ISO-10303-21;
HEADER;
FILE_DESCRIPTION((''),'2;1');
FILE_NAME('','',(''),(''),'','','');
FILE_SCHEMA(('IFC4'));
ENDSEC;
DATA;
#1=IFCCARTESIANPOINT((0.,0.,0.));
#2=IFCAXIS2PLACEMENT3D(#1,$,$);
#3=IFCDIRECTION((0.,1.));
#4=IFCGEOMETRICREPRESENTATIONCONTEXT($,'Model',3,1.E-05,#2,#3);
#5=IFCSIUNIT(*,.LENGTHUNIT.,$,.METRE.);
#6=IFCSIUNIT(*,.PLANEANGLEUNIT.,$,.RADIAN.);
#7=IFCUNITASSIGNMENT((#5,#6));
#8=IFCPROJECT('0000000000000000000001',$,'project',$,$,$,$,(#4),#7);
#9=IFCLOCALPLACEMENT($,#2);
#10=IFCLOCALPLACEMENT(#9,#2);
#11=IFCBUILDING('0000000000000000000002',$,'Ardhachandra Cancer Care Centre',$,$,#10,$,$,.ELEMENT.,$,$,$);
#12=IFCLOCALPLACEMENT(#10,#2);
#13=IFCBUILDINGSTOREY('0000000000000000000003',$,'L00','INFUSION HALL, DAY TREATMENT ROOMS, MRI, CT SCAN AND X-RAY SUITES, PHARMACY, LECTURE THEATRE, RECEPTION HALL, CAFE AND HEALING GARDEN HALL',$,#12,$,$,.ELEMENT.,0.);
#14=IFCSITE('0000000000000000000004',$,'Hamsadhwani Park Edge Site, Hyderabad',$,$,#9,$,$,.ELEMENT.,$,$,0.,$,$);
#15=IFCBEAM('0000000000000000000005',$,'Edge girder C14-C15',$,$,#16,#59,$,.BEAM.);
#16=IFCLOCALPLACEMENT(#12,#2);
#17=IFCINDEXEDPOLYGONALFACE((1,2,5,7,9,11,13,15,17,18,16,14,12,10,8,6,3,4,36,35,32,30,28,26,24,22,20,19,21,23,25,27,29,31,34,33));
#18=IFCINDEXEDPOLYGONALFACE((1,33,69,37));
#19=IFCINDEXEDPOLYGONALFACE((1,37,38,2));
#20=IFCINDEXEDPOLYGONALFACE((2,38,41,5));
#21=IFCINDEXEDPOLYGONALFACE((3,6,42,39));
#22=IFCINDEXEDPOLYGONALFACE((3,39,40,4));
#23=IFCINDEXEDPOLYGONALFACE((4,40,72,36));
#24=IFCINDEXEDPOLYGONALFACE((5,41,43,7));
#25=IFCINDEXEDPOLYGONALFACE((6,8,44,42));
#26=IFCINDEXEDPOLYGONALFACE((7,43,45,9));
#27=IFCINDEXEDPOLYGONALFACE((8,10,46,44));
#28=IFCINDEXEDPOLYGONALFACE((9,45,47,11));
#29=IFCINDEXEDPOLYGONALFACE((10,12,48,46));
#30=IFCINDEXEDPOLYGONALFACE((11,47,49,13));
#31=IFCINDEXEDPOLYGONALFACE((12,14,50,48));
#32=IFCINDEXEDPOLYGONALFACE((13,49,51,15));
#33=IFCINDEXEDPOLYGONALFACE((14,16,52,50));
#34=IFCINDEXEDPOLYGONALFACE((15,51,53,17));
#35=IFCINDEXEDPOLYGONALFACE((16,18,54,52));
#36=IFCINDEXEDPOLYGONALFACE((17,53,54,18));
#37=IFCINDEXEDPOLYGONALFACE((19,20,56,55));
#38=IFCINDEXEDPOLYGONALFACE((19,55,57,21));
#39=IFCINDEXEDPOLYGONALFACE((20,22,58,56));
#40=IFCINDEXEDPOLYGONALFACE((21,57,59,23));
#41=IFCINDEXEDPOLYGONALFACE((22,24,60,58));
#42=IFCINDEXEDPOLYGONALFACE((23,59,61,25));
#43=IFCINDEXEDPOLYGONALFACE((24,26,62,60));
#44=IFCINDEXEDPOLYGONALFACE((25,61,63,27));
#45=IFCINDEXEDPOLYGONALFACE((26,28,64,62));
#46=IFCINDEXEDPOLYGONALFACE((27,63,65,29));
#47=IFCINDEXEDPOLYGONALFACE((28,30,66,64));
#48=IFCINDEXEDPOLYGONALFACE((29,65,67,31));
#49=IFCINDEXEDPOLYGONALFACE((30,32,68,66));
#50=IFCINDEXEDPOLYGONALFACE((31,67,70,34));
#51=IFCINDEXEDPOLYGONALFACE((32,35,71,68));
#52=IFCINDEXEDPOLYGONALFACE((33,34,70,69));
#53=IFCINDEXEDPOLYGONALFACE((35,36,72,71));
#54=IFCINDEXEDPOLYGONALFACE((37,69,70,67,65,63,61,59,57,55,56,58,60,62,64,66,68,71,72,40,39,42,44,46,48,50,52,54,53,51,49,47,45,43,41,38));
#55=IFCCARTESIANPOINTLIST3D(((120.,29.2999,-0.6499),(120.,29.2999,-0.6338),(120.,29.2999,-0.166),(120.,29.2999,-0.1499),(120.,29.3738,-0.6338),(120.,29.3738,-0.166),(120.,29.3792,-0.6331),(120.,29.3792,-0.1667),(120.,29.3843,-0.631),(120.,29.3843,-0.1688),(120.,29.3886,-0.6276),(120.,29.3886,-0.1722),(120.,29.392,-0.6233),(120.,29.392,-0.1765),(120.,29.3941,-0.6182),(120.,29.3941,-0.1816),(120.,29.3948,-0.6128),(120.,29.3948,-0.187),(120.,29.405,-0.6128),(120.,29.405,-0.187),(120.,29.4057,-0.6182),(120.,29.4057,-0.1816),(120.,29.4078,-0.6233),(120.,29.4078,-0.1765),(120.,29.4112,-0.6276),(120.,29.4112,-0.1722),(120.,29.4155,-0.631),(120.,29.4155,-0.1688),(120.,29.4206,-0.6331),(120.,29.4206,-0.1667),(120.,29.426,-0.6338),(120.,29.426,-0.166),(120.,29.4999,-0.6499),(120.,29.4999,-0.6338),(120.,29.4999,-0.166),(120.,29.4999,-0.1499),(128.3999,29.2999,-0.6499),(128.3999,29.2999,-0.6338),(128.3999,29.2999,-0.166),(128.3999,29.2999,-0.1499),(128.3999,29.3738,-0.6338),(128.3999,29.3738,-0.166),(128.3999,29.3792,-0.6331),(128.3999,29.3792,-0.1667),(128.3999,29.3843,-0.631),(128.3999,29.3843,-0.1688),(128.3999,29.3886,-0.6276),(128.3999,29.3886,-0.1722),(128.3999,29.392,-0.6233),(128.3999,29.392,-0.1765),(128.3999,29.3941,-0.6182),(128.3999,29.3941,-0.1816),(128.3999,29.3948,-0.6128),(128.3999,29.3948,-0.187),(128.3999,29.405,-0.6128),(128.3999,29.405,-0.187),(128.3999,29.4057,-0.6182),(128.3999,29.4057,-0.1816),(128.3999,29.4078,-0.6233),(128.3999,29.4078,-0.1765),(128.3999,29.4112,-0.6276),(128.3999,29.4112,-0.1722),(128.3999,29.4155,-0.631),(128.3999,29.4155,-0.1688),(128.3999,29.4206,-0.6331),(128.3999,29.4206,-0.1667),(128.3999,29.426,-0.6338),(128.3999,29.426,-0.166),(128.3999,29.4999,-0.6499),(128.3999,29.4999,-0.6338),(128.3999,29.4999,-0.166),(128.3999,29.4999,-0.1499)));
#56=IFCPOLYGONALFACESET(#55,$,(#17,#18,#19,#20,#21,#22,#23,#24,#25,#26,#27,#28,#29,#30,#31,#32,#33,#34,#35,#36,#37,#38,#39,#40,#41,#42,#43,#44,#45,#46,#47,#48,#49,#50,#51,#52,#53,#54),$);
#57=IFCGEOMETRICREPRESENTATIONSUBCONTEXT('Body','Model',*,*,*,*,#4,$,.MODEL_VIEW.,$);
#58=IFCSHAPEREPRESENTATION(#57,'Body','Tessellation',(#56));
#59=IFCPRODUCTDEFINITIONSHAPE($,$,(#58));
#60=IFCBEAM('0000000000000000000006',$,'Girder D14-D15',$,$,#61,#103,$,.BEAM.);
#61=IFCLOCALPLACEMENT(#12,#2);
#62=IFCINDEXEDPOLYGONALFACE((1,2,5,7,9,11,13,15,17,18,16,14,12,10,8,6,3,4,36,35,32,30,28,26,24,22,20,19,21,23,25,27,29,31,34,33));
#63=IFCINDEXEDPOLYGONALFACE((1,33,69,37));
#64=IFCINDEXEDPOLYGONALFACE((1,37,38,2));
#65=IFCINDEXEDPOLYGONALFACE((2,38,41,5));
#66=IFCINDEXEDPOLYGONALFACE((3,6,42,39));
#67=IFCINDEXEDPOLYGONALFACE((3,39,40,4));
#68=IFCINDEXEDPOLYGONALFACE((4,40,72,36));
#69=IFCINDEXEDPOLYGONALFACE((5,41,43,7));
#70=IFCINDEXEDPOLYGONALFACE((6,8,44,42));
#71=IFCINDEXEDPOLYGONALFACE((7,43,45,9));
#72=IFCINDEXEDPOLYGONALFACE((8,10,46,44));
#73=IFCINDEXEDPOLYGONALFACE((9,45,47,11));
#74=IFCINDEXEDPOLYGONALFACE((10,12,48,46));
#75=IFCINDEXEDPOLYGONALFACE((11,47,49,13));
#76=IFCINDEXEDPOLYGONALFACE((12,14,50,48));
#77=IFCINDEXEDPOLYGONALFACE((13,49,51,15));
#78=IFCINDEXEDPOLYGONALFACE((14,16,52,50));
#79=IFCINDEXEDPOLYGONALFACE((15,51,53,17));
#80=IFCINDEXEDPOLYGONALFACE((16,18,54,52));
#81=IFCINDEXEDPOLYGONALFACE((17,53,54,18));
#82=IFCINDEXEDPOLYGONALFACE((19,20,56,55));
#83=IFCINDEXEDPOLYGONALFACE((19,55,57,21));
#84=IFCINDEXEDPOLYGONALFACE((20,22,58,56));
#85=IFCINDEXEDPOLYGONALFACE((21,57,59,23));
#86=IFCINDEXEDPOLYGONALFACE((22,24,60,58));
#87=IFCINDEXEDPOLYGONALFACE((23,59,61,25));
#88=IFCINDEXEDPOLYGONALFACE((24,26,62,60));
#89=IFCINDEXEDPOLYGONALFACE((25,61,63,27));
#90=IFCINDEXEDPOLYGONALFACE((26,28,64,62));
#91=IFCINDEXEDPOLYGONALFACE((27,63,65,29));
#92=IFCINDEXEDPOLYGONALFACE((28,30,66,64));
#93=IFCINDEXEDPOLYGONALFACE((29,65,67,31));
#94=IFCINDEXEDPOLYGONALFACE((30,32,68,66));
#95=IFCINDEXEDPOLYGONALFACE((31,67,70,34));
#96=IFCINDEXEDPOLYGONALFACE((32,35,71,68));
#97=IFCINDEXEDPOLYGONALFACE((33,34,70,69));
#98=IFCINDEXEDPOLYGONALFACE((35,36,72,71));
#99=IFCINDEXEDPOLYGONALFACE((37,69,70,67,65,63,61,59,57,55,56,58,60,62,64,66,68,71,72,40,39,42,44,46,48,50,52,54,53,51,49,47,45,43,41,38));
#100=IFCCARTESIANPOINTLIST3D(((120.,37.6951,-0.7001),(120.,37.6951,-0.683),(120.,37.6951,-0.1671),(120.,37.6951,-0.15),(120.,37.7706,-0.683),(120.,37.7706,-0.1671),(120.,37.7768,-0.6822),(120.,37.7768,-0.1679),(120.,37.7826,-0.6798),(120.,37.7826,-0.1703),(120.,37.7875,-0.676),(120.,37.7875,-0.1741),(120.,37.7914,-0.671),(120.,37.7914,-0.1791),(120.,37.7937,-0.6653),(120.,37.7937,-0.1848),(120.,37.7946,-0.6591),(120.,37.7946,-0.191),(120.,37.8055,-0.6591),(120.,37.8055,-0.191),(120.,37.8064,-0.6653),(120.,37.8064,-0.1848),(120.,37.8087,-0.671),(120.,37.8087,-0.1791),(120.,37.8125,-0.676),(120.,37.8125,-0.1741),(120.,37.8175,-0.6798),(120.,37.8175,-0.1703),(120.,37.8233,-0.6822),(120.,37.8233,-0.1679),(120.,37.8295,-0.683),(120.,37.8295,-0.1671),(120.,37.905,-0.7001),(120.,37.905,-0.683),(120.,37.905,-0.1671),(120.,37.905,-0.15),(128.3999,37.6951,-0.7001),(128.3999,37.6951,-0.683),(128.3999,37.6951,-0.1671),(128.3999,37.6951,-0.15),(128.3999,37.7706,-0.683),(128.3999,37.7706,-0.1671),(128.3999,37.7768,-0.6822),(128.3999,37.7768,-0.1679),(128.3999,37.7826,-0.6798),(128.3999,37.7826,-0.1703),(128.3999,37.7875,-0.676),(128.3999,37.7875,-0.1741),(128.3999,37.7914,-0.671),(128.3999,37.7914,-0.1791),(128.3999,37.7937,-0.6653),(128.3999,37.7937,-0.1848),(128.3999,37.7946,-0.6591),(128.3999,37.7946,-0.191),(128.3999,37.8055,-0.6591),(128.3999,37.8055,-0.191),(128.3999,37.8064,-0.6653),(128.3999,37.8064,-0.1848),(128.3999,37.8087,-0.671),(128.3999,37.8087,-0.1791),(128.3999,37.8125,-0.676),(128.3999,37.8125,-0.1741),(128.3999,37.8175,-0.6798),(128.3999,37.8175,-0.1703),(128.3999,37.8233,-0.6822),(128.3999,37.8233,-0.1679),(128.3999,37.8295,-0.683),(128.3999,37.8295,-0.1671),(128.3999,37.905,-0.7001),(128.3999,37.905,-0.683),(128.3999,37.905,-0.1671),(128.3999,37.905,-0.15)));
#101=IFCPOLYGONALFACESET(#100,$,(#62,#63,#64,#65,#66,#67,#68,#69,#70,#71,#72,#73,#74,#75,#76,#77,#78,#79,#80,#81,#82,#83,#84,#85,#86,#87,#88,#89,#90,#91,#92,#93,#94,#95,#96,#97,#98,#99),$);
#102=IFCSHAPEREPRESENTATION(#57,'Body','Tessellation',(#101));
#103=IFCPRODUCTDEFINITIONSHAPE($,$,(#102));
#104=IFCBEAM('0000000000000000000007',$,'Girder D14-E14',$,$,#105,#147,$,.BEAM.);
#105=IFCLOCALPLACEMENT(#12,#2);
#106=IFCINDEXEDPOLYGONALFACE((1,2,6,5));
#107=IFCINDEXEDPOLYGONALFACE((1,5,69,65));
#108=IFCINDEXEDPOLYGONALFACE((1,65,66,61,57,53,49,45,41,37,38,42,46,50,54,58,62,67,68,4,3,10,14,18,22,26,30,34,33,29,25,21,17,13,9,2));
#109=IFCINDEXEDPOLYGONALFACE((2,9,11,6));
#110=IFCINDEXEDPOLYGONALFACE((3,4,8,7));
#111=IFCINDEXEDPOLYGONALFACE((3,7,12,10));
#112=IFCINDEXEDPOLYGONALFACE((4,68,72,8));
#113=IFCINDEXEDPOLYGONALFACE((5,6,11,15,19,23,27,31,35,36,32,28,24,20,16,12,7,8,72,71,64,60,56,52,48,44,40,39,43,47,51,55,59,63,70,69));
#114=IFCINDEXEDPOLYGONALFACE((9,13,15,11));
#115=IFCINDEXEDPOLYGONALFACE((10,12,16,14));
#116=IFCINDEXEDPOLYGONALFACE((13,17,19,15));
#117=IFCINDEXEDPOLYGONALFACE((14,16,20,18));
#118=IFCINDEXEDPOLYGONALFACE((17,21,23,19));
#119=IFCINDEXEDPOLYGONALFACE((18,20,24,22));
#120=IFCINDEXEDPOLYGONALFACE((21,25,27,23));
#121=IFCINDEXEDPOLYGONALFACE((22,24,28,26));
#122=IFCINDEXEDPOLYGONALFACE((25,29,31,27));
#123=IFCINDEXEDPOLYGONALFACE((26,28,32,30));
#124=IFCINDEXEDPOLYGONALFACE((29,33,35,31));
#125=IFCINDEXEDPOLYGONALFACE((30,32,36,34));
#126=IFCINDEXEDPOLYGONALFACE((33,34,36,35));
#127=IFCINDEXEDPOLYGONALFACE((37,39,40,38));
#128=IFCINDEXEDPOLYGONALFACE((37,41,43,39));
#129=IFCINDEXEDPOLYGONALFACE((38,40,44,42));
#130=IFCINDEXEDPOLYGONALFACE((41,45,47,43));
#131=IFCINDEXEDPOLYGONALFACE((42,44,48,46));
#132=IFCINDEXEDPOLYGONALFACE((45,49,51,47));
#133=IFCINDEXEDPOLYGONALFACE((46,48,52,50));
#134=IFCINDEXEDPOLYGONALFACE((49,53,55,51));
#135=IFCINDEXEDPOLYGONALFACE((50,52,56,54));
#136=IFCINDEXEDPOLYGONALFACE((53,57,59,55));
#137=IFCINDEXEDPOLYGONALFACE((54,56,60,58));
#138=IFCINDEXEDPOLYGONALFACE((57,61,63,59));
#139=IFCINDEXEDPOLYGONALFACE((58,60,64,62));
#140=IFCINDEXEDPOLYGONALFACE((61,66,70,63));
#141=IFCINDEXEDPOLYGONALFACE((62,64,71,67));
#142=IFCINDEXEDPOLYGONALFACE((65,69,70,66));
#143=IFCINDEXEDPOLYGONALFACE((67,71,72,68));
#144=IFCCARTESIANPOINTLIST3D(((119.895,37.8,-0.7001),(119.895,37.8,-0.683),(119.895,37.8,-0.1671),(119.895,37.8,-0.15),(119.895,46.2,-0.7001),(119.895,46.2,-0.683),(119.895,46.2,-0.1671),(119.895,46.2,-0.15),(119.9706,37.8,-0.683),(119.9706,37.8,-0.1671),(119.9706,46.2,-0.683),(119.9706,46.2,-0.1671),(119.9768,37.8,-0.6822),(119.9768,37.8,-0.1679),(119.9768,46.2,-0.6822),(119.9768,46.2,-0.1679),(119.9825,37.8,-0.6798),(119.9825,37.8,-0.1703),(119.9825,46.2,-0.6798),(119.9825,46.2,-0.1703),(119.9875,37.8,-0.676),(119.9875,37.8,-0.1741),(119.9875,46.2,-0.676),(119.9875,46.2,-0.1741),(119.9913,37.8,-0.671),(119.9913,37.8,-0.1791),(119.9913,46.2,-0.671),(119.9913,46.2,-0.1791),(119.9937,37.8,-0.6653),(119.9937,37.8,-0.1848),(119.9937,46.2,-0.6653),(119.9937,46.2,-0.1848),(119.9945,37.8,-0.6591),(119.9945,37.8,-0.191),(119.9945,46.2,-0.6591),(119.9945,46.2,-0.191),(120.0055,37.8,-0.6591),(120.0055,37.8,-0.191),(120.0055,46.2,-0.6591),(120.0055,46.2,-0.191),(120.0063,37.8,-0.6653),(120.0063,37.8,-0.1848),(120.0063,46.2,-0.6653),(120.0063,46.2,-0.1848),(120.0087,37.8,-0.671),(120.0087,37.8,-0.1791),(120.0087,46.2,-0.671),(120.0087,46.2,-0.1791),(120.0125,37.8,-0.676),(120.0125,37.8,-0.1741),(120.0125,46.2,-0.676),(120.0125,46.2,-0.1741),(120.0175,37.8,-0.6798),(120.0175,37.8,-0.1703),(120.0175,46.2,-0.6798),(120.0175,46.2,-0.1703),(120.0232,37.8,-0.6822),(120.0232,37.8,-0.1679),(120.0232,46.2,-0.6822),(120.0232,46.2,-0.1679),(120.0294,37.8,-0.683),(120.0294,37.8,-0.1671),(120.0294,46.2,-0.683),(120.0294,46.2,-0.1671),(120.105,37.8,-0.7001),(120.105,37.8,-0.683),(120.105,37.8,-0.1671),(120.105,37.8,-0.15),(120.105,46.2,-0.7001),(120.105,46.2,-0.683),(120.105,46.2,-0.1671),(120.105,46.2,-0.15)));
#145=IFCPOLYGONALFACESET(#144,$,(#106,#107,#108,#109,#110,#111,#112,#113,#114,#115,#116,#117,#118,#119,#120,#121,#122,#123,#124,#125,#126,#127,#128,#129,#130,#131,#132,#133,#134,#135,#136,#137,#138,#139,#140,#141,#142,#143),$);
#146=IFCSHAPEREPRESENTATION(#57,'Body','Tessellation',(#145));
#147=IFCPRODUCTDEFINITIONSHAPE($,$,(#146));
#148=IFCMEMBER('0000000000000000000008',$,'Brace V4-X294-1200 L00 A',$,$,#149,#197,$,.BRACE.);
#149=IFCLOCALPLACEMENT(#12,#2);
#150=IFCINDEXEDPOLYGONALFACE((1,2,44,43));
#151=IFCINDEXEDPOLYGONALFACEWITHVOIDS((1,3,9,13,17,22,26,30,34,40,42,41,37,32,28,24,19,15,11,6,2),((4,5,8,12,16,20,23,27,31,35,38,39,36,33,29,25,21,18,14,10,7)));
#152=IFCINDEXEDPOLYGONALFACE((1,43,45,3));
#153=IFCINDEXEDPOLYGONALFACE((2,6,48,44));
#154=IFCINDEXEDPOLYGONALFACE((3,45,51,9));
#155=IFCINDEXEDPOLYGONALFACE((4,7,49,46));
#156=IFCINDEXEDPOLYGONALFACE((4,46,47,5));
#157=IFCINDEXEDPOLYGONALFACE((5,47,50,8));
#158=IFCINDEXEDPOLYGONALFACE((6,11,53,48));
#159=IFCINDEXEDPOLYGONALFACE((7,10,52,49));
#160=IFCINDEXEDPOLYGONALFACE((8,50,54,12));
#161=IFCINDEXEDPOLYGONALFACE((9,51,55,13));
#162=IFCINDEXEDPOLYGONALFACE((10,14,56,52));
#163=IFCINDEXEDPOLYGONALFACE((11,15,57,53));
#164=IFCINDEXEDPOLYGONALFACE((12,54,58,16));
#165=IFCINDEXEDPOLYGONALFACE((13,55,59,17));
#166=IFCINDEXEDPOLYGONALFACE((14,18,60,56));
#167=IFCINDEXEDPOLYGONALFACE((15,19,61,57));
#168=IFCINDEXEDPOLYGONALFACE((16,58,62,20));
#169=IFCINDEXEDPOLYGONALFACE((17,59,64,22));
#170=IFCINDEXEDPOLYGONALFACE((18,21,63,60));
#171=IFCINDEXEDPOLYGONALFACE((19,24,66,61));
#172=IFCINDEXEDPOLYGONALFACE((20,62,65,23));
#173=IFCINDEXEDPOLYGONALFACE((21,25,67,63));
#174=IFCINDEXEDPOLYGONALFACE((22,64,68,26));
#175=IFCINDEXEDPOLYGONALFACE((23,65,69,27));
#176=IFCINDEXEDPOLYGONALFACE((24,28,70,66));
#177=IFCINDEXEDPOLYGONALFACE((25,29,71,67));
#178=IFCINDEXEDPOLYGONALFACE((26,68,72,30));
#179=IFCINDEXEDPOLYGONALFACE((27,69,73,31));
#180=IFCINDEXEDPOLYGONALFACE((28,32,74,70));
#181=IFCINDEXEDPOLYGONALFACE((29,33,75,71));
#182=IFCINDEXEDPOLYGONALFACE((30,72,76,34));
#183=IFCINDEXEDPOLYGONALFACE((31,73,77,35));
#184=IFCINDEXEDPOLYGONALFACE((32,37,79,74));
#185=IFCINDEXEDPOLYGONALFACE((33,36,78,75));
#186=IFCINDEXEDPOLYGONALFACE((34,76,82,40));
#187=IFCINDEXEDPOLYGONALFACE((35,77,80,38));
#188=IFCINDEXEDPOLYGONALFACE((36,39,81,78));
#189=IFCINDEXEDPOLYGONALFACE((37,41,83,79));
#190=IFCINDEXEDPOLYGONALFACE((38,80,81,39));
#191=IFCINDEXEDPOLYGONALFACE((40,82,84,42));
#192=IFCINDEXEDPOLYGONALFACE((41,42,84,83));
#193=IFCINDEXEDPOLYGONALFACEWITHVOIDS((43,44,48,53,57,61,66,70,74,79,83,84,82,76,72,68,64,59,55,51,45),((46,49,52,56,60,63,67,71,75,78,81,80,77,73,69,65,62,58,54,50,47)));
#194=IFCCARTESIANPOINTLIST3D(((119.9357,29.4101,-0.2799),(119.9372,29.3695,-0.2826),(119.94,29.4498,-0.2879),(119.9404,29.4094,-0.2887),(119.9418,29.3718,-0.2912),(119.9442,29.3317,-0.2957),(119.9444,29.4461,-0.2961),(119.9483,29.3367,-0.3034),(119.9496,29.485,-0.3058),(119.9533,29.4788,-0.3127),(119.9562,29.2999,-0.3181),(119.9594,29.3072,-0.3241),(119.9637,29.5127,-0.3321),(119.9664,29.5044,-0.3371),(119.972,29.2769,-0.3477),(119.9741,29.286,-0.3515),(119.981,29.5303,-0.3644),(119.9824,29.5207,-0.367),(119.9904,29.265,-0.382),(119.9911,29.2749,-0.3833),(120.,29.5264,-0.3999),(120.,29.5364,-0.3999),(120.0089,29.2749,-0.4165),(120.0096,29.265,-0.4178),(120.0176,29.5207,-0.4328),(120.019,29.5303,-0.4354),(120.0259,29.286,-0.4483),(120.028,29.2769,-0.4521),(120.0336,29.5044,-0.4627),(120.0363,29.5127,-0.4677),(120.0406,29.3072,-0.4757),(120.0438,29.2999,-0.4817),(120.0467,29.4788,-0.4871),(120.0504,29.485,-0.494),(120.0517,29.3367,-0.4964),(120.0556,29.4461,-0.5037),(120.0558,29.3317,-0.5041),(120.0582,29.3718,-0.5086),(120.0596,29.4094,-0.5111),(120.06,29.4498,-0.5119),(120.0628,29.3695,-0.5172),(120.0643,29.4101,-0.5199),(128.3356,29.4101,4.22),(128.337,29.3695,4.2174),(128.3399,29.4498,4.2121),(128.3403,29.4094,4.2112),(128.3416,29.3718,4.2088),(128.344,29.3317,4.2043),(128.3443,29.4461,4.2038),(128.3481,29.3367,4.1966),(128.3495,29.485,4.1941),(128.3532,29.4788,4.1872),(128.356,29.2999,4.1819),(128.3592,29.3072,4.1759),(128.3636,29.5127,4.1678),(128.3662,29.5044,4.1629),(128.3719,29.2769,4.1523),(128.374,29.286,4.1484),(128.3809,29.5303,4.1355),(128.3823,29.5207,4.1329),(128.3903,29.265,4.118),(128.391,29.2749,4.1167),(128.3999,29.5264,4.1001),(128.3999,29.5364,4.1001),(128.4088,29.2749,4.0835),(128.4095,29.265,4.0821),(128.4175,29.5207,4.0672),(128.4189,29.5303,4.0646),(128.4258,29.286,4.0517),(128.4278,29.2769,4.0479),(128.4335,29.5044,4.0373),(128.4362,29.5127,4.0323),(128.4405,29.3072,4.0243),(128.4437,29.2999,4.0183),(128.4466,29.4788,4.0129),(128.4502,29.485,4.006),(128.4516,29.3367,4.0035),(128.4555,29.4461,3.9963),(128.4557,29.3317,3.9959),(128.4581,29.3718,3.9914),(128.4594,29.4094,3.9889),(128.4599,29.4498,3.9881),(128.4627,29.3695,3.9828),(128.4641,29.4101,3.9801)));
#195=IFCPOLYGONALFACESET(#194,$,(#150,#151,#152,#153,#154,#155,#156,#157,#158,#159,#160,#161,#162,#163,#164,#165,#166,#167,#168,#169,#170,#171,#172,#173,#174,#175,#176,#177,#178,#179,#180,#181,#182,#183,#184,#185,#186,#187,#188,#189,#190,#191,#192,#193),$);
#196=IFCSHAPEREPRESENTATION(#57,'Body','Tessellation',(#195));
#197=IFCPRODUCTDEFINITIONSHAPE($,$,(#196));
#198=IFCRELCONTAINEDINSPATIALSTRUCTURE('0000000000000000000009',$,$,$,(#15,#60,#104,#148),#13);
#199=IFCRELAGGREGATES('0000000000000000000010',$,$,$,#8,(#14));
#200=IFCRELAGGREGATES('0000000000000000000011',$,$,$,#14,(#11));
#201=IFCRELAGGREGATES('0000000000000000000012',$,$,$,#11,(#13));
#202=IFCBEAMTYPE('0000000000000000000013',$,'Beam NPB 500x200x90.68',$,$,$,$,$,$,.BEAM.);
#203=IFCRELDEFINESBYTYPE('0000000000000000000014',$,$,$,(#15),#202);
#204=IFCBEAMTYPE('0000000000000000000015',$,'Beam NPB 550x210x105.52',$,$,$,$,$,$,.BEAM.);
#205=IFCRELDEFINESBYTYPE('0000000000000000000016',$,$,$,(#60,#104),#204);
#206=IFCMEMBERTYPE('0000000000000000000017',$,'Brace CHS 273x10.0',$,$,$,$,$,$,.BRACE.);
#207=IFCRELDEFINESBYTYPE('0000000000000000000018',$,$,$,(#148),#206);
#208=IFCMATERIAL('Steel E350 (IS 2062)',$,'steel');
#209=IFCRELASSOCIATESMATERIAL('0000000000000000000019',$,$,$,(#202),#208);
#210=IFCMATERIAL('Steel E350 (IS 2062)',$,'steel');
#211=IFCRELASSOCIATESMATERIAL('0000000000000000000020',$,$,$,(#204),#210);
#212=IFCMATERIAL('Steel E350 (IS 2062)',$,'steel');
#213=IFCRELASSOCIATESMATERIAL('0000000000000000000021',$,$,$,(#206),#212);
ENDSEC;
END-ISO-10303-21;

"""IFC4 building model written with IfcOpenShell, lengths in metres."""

from ifc_helpers import new_model, si_unit, direction, frame, origin, origin_2d, place, context, subcontext, project, spatial, hollow_circle, i_section, extrude, material, material_profile, profile_set, type_object, element, save


model = new_model("IFC4")

# Units and contexts
model_context = context("Model", 3, precision=1e-05, world=origin(), true_north=direction((0.0, 1.0)))
body_context = subcontext(model_context, "Body", "Model", "MODEL_VIEW")
ifc_project = project(units=[si_unit("LENGTHUNIT", "METRE"), si_unit("PLANEANGLEUNIT", "RADIAN")], contexts=[model_context])

# Site, building, storey
site_placement = place(None, origin())
site = spatial("IfcSite", under=ifc_project, at=site_placement, Name="Hamsadhwani Park Edge Site, Hyderabad", CompositionType="ELEMENT", RefElevation=0.0)
building_placement = place(site_placement, origin())
building = spatial("IfcBuilding", under=site, at=building_placement, Name="Ardhachandra Cancer Care Centre", CompositionType="ELEMENT")
storey_placement = place(building_placement, origin())
storey = spatial("IfcBuildingStorey", under=building, at=storey_placement, Name="L00", Description="INFUSION HALL, DAY TREATMENT ROOMS, MRI, CT SCAN AND X-RAY SUITES, PHARMACY, LECTURE THEATRE, RECEPTION HALL, CAFE AND HEALING GARDEN HALL", CompositionType="ELEMENT", Elevation=0.0)

# Beams
ifc_material_1 = material(Name="Steel E350 (IS 2062)", Category="steel")
ifc_material_profile_1 = material_profile(ifc_material_1, i_section(OverallWidth=0.2, OverallDepth=0.5, WebThickness=0.0103, FlangeThickness=0.0161, FilletRadius=0.021, at=origin_2d()), Name="NPB 500x200x90.68")
ifc_profile_set_1 = profile_set([ifc_material_profile_1], Name="Steel E350 (IS 2062)")
beam_type_1 = type_object("IfcBeamType", Name="Beam NPB 500x200x90.68", PredefinedType="BEAM", material=ifc_profile_set_1)
beam_placement = place(storey_placement, frame((120.0, 29.3999, -0.3999), z_axis=(1.0, 0.0, 0.0), x_axis=(0.0, 1.0, 0.0)))
element("IfcBeam", 1, at=beam_placement, inside=storey, type_object=beam_type_1, Name="Edge girder C14-C15", PredefinedType="BEAM", context=body_context, shape_type="SweptSolid", body=[
    extrude(i_section(OverallWidth=0.2, OverallDepth=0.5, WebThickness=0.0103, FlangeThickness=0.0161, FilletRadius=0.021, at=origin_2d()), origin(), (0.0, 0.0, 1.0), 8.3999),
])
ifc_material_2 = material(Name="Steel E350 (IS 2062)", Category="steel")
ifc_material_profile_2 = material_profile(ifc_material_2, i_section(OverallWidth=0.21, OverallDepth=0.55, WebThickness=0.011, FlangeThickness=0.0171, FilletRadius=0.0239, at=origin_2d()), Name="NPB 550x210x105.52")
ifc_profile_set_2 = profile_set([ifc_material_profile_2], Name="Steel E350 (IS 2062)")
beam_type_2 = type_object("IfcBeamType", Name="Beam NPB 550x210x105.52", PredefinedType="BEAM", material=ifc_profile_set_2)
for number, where, z_axis, x_axis, name in (
    (2, (120.0, 37.8, -0.425), (1.0, 0.0, 0.0), (0.0, 1.0, 0.0), "Girder D14-D15"),
    (3, (120.0, 37.8, -0.425), (0.0, 1.0, 0.0), (-1.0, 0.0, 0.0), "Girder D14-E14"),
):
    element("IfcBeam", number, at=place(storey_placement, frame(where, z_axis=z_axis, x_axis=x_axis)), inside=storey, type_object=beam_type_2, Name=name, PredefinedType="BEAM", context=body_context, shape_type="SweptSolid", body=[
        extrude(i_section(OverallWidth=0.21, OverallDepth=0.55, WebThickness=0.011, FlangeThickness=0.0171, FilletRadius=0.0239, at=origin_2d()), origin(), (0.0, 0.0, 1.0), 8.3999),
    ])

# Member
ifc_material_3 = material(Name="Steel E350 (IS 2062)", Category="steel")
ifc_material_profile_3 = material_profile(ifc_material_3, hollow_circle(Radius=0.1365, WallThickness=0.01, at=origin_2d()), Name="CHS 273x10.0")
ifc_profile_set_3 = profile_set([ifc_material_profile_3], Name="Steel E350 (IS 2062)")
member_type_1 = type_object("IfcMemberType", Name="Brace CHS 273x10.0", PredefinedType="BRACE", material=ifc_profile_set_3)
member_1_placement = place(storey_placement, frame((120.0, 29.3999, -0.3999), z_axis=(0.881478, 0.0, 0.472226), x_axis=(0.0, 1.0, 0.0)))
element("IfcMember", 4, at=member_1_placement, inside=storey, type_object=member_type_1, Name="Brace V4-X294-1200 L00 A", PredefinedType="BRACE", context=body_context, shape_type="SweptSolid", body=[
    extrude(hollow_circle(Radius=0.1365, WallThickness=0.01, at=origin_2d()), origin(), (0.0, 0.0, 1.0), 9.5293),
])

save(model, "model.ifc")
